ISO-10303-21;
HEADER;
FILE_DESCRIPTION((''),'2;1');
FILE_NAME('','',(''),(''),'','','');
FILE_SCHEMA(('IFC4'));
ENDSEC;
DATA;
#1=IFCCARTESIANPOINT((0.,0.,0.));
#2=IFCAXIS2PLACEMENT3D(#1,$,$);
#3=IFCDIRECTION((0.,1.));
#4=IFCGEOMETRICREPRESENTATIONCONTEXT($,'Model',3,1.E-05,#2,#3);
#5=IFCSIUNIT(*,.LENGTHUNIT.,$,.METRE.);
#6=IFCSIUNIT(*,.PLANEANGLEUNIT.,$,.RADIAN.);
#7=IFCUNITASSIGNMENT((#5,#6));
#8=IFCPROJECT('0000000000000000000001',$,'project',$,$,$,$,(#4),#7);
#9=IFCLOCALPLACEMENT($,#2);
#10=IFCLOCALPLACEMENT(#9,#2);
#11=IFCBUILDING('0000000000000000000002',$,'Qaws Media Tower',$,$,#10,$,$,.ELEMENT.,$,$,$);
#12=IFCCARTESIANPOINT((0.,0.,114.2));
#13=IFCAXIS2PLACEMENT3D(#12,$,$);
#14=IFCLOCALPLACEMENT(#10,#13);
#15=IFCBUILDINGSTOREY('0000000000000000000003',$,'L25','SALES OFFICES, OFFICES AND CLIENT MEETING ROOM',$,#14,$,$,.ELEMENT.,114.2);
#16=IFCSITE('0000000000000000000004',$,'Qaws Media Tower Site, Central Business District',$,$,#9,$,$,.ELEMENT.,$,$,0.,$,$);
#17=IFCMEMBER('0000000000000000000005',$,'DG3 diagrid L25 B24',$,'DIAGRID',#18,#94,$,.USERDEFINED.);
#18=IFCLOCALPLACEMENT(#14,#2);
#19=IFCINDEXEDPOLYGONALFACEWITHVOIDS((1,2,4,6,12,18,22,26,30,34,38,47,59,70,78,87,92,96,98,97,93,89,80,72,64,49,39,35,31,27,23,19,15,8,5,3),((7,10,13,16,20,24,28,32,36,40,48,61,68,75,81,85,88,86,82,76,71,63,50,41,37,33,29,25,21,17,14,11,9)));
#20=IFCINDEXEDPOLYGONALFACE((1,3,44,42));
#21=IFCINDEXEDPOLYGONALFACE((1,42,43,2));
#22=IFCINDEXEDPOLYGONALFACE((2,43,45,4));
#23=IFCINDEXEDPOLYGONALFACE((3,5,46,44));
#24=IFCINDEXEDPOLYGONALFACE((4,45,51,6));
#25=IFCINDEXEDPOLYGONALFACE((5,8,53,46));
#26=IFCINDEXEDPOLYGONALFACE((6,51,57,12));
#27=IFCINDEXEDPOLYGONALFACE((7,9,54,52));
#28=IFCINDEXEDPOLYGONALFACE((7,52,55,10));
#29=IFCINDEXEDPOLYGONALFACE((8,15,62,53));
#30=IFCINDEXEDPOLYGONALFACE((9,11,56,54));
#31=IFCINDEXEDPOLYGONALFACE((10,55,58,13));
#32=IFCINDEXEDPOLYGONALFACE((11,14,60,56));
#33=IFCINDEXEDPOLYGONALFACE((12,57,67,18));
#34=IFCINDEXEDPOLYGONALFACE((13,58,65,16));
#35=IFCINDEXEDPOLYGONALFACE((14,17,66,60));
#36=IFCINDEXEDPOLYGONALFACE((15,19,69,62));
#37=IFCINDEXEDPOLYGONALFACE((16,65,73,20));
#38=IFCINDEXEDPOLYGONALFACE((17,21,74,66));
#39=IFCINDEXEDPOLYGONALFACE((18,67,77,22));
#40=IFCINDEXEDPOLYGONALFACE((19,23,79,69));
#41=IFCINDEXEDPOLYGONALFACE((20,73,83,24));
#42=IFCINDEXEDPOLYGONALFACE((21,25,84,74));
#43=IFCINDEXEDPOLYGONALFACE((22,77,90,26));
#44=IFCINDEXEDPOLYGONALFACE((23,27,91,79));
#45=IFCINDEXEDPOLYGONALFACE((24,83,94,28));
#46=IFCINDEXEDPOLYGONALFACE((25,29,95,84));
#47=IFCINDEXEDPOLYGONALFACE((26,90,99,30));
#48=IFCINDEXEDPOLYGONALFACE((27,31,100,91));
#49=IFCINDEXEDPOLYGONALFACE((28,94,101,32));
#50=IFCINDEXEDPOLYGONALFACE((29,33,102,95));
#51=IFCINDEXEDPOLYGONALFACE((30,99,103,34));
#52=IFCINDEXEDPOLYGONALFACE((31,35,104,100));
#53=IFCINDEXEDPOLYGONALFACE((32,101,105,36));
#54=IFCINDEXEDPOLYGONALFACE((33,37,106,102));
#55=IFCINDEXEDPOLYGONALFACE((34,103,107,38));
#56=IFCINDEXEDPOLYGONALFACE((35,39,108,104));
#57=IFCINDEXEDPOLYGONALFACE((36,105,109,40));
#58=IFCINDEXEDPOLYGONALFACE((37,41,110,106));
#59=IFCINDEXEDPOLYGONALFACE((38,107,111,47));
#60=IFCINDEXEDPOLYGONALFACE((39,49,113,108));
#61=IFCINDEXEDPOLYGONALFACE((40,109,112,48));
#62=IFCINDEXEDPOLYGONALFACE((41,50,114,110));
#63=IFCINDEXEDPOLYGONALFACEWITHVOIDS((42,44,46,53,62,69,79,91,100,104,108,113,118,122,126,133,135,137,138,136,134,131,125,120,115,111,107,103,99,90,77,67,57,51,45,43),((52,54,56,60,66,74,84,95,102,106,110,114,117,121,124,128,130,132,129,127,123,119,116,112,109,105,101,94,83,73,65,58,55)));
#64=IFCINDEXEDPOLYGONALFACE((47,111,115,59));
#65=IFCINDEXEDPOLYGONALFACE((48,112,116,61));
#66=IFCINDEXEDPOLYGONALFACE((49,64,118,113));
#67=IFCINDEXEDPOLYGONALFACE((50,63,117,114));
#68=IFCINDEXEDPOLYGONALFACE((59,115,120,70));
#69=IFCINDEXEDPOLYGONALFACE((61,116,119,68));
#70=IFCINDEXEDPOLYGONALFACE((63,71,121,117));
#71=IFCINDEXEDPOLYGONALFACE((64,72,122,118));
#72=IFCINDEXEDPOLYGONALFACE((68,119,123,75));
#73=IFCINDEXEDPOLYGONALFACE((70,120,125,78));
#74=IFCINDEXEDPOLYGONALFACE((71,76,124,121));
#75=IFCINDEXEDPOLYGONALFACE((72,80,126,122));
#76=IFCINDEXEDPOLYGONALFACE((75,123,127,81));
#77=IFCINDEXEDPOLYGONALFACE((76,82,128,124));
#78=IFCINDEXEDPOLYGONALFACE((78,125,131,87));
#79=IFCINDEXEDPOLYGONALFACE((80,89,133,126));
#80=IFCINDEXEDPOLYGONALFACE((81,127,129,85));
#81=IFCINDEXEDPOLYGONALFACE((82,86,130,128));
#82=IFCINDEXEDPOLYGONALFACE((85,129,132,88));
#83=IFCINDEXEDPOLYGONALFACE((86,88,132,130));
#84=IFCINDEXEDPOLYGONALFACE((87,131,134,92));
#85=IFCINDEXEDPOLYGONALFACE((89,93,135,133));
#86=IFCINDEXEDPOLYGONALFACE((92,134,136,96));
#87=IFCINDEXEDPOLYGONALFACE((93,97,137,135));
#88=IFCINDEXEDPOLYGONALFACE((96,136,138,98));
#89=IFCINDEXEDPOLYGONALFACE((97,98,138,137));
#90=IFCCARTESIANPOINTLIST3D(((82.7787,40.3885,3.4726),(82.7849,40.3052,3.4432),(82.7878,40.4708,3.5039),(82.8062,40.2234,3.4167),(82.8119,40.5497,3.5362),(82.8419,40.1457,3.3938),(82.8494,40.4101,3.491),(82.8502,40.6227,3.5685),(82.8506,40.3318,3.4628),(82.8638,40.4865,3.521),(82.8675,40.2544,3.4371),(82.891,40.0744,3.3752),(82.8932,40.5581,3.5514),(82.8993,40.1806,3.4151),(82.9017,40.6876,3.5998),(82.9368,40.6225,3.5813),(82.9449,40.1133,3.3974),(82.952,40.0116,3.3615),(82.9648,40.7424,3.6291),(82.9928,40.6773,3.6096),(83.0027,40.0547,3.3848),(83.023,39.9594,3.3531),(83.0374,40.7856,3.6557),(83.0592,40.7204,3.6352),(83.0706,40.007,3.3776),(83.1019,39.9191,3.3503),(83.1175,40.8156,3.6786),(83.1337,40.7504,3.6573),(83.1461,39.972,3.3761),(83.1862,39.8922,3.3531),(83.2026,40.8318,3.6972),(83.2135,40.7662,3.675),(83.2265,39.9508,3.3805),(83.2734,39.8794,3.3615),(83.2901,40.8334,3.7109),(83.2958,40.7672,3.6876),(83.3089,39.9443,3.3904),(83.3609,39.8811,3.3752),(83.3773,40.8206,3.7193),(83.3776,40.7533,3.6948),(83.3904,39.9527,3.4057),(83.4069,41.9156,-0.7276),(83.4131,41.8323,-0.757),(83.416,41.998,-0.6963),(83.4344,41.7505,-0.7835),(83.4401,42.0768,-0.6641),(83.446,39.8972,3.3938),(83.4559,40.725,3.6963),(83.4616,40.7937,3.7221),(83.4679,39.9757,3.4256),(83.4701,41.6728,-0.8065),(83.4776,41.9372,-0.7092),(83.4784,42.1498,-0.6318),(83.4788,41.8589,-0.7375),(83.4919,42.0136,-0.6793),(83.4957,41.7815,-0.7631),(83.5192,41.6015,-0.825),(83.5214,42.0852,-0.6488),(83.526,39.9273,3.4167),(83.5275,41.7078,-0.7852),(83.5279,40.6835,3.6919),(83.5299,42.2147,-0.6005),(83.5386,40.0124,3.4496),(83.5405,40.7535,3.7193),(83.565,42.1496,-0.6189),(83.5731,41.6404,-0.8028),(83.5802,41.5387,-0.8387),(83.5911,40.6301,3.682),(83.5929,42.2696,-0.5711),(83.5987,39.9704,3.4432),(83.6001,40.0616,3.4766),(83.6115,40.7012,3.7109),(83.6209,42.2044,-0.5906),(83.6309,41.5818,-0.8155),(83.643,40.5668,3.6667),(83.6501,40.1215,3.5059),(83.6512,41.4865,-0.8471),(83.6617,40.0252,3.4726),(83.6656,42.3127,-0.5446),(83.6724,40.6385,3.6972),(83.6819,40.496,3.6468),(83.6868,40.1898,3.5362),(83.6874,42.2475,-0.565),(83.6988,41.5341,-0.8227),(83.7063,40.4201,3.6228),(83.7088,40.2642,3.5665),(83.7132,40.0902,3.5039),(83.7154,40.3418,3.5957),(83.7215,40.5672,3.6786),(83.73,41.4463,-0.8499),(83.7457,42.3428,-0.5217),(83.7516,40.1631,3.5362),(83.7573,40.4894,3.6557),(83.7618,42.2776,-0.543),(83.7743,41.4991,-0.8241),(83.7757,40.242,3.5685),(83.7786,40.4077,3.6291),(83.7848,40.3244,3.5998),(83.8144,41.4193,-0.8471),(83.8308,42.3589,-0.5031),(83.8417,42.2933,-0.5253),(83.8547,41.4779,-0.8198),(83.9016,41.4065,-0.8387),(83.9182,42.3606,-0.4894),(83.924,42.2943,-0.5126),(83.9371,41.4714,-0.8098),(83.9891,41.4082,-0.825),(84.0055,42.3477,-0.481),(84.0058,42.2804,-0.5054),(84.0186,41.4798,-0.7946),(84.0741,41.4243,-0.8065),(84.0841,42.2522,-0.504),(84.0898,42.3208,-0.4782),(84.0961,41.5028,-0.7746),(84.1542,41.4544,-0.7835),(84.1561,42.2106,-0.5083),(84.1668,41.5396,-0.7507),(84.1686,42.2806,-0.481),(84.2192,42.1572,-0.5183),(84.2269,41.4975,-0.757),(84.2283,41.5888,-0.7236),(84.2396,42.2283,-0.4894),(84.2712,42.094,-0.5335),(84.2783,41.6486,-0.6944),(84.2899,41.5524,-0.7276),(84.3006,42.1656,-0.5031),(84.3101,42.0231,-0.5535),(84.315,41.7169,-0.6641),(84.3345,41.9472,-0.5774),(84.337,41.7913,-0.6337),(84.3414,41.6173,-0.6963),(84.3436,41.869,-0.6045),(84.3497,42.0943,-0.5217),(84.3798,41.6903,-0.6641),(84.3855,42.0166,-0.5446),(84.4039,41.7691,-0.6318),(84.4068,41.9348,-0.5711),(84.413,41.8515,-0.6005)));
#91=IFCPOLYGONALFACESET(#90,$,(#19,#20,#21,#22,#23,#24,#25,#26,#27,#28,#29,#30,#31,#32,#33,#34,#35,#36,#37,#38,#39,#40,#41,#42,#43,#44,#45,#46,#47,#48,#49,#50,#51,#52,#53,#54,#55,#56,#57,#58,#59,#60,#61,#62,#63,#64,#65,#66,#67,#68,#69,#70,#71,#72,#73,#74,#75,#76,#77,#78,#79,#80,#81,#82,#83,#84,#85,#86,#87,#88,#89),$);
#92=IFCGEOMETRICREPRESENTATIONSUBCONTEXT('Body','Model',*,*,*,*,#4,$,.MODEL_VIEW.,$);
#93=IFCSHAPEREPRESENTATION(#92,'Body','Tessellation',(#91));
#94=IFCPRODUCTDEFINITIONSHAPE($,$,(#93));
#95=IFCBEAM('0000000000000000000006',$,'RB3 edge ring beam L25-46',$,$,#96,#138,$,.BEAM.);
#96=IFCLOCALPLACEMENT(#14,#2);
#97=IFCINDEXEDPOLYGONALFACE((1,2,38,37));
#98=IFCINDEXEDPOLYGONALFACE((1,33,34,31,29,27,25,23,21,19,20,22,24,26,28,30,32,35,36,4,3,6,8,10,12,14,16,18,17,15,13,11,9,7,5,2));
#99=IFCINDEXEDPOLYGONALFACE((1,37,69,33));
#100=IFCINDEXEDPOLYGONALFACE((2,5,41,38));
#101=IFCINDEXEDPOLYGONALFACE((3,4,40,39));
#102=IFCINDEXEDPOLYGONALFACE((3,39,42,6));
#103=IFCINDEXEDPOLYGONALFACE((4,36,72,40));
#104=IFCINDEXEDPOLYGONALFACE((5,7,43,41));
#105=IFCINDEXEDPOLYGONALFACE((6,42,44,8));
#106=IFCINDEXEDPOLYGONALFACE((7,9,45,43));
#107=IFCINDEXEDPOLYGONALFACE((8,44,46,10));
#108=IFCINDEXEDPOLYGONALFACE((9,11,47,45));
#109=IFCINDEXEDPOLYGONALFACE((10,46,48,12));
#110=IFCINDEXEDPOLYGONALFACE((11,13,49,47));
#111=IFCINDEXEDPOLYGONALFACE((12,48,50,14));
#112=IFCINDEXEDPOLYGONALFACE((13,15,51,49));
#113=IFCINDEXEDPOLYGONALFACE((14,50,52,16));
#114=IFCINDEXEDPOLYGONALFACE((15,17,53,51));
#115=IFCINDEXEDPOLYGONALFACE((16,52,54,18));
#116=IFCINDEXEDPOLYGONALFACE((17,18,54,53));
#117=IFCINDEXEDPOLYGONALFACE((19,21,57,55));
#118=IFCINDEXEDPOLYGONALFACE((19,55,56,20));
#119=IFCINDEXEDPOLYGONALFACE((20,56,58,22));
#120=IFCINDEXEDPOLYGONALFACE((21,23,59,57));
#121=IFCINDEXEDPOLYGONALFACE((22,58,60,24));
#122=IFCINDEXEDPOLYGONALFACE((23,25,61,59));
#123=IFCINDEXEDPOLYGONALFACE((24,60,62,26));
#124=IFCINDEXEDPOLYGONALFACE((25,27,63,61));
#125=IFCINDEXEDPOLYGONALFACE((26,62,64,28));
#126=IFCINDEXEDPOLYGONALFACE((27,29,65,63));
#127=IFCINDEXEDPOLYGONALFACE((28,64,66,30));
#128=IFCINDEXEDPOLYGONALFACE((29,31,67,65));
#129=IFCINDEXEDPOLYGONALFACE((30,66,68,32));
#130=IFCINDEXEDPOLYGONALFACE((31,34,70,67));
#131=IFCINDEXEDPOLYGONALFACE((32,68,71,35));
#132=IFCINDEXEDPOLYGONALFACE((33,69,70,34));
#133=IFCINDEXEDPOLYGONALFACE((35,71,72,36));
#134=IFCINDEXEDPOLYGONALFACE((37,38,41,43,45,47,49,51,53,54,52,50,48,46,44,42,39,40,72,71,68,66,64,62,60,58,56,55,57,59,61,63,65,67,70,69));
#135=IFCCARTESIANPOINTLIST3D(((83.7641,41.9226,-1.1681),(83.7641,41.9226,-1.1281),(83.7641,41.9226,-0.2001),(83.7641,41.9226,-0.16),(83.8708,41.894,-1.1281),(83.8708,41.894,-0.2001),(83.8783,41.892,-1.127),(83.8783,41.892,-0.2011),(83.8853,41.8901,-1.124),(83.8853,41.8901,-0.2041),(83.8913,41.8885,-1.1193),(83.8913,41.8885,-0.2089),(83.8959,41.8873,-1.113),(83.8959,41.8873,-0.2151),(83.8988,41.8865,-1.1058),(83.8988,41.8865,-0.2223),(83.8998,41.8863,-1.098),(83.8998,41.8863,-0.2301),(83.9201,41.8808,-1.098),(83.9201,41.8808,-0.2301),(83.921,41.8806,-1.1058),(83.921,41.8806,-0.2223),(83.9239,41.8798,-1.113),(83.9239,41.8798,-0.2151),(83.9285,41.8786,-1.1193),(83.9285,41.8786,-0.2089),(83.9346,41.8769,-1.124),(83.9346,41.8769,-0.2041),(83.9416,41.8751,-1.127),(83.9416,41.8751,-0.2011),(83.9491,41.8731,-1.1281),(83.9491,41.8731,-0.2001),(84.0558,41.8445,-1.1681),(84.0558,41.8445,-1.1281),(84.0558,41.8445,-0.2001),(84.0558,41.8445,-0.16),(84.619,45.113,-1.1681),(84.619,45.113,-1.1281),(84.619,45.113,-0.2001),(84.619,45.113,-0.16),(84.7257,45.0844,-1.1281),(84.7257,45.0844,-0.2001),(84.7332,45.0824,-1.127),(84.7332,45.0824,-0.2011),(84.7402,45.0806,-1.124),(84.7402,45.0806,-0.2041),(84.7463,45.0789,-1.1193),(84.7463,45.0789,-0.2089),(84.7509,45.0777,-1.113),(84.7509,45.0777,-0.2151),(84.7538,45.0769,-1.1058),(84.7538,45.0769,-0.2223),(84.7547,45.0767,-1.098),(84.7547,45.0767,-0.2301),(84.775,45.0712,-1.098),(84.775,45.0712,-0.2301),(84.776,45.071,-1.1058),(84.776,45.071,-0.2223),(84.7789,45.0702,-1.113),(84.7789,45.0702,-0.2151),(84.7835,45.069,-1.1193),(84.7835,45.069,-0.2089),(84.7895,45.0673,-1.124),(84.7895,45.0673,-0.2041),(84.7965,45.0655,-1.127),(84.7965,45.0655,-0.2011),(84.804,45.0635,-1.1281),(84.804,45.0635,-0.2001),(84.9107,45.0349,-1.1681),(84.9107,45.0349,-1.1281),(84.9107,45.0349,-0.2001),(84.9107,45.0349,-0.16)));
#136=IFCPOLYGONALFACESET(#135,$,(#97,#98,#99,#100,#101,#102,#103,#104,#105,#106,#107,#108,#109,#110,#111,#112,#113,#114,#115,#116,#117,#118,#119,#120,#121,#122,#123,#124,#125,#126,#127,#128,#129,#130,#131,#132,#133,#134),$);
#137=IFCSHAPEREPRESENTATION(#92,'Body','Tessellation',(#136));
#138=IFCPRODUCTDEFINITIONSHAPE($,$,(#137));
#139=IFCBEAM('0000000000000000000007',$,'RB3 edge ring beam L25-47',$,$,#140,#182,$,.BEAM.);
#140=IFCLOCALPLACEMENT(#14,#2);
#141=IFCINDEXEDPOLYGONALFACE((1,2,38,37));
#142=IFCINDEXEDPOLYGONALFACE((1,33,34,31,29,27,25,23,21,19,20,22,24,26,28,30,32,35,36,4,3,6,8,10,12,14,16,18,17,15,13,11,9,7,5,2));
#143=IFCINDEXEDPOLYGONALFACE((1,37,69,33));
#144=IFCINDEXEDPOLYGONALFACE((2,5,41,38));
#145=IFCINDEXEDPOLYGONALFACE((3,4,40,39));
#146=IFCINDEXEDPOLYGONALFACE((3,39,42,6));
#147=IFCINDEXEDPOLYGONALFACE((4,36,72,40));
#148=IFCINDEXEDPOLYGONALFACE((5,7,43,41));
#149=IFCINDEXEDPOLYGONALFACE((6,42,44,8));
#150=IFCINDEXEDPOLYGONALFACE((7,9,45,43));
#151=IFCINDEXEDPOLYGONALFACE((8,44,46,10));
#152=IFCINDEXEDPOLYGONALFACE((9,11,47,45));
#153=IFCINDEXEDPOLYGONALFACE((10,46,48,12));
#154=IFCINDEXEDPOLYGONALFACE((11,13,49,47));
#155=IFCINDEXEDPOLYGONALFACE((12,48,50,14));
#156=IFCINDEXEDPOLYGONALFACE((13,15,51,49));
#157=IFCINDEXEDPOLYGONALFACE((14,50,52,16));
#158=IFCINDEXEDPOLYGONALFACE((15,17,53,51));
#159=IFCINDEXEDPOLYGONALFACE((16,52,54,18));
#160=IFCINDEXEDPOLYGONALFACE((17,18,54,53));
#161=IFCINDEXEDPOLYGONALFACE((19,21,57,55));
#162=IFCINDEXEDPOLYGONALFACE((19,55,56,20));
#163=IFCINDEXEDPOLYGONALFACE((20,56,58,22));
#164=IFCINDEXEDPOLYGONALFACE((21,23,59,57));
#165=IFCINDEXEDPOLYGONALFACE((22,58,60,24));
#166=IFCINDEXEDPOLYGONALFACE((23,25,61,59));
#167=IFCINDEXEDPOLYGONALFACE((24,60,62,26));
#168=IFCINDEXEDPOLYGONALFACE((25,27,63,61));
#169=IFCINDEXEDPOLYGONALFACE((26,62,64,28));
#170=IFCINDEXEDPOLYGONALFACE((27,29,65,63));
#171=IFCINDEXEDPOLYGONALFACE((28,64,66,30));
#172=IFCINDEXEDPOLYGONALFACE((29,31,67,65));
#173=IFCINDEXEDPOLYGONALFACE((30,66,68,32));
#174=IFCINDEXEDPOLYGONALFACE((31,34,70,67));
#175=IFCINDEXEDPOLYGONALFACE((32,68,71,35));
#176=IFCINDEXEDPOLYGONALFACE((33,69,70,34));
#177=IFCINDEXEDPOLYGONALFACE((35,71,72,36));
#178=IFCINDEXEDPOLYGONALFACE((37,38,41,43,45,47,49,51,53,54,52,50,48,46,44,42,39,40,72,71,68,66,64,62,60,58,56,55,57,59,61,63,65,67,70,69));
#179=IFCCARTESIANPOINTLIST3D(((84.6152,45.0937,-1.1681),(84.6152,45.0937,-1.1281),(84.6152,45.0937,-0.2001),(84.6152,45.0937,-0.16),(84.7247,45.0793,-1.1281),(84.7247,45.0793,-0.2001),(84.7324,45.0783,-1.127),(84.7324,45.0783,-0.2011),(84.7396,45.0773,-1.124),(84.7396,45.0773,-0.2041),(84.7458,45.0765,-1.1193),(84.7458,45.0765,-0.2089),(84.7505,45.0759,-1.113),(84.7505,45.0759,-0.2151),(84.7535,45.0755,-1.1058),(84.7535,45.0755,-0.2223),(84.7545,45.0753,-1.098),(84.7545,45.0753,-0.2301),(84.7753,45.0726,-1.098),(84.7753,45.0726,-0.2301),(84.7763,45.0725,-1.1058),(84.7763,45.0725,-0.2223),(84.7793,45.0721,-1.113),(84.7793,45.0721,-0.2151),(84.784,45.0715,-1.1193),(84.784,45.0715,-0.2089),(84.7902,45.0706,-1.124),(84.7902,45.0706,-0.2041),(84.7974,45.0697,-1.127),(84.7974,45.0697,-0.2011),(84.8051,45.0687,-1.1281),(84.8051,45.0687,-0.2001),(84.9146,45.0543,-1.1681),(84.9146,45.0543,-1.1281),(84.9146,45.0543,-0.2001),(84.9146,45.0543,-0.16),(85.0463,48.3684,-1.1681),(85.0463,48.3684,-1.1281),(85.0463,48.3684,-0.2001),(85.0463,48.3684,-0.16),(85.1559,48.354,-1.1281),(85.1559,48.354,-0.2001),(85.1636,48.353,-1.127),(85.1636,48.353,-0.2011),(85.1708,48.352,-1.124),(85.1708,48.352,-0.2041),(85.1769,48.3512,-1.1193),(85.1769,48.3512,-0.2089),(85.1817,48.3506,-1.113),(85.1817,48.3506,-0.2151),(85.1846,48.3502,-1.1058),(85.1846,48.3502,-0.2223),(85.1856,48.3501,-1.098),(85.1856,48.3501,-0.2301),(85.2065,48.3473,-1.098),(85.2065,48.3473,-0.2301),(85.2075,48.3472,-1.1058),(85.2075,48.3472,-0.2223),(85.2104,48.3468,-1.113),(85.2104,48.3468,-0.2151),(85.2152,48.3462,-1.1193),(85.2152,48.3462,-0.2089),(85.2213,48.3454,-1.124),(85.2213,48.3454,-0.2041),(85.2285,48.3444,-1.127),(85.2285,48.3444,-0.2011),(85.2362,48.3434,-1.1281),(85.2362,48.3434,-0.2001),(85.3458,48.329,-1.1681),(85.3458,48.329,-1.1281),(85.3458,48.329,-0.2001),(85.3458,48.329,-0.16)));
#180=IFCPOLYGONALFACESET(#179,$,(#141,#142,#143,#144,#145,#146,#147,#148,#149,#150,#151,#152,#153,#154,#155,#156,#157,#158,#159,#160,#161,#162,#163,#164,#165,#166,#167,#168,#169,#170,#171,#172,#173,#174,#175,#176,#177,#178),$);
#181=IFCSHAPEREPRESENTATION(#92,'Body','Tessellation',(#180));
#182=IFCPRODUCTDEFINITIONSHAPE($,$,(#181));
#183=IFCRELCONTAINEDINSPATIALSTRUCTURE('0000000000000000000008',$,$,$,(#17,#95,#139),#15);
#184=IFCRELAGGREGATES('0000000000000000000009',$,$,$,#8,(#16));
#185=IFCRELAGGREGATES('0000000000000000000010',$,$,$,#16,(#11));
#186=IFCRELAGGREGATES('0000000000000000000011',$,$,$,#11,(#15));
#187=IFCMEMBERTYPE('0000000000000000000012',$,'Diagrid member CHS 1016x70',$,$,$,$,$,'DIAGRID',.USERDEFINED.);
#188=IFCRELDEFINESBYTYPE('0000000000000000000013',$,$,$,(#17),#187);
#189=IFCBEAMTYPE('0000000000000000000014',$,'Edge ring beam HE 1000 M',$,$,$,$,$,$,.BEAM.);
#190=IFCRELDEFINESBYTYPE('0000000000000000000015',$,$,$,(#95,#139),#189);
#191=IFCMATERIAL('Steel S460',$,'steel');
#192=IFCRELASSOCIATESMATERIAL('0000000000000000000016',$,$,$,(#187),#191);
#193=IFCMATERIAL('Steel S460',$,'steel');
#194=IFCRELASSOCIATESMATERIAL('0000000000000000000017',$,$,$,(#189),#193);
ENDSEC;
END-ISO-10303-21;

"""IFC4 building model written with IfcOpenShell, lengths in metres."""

from ifc_helpers import new_model, si_unit, direction, frame, origin, origin_2d, place, context, subcontext, project, spatial, hollow_circle, i_section, extrude, material, material_profile, profile_set, type_object, element, save


model = new_model("IFC4")

# Units and contexts
model_context = context("Model", 3, precision=1e-05, world=origin(), true_north=direction((0.0, 1.0)))
body_context = subcontext(model_context, "Body", "Model", "MODEL_VIEW")
ifc_project = project(units=[si_unit("LENGTHUNIT", "METRE"), si_unit("PLANEANGLEUNIT", "RADIAN")], contexts=[model_context])

# Site, building, storey
site_placement = place(None, origin())
site = spatial("IfcSite", under=ifc_project, at=site_placement, Name="Qaws Media Tower Site, Central Business District", CompositionType="ELEMENT", RefElevation=0.0)
building_placement = place(site_placement, origin())
building = spatial("IfcBuilding", under=site, at=building_placement, Name="Qaws Media Tower", CompositionType="ELEMENT")
storey_placement = place(building_placement, frame((0.0, 0.0, 114.2)))
storey = spatial("IfcBuildingStorey", under=building, at=storey_placement, Name="L25", Description="SALES OFFICES, OFFICES AND CLIENT MEETING ROOM", CompositionType="ELEMENT", Elevation=114.2)

# Member
ifc_material_1 = material(Name="Steel S460", Category="steel")
ifc_material_profile_1 = material_profile(ifc_material_1, hollow_circle(Radius=0.5081, WallThickness=0.0701, at=origin_2d()), Name="CHS 1016x70")
ifc_profile_set_1 = profile_set([ifc_material_profile_1], Name="Steel S460")
member_type_1 = type_object("IfcMemberType", Name="Diagrid member CHS 1016x70", ElementType="DIAGRID", PredefinedType="USERDEFINED", material=ifc_profile_set_1)
for number, where, z_axis, x_axis, name in (
    (1, (83.9099, 41.8835, -0.6641), (-0.139188, -0.338369, 0.930663), (0.924813, -0.380423, 0.0), "DG3 diagrid L25 B24"),
):
    element("IfcMember", number, at=place(storey_placement, frame(where, z_axis=z_axis, x_axis=x_axis)), inside=storey, type_object=member_type_1, Name=name, ObjectType="DIAGRID", PredefinedType="USERDEFINED", context=body_context, shape_type="SweptSolid", body=[
        extrude(hollow_circle(Radius=0.5081, WallThickness=0.0701, at=origin_2d()), origin(), (0.0, 0.0, 1.0), 4.5132),
    ])

# Beams
ifc_material_2 = material(Name="Steel S460", Category="steel")
ifc_material_profile_2 = material_profile(ifc_material_2, i_section(OverallWidth=0.302, OverallDepth=1.0081, WebThickness=0.021, FlangeThickness=0.04, FilletRadius=0.03, at=origin_2d()), Name="HE 1000 M")
ifc_profile_set_2 = profile_set([ifc_material_profile_2], Name="Steel S460")
beam_type_1 = type_object("IfcBeamType", Name="Edge ring beam HE 1000 M", PredefinedType="BEAM", material=ifc_profile_set_2)
for number, where, z_axis, x_axis, name in (
    (2, (83.9099, 41.8835, -0.6641), (0.258849, 0.965918, 0.0), (-0.965918, 0.258849, 0.0), "RB3 edge ring beam L25-46"),
    (3, (84.7649, 45.074, -0.6641), (0.130537, 0.991443, 0.0), (-0.991443, 0.130537, 0.0), "RB3 edge ring beam L25-47"),
):
    element("IfcBeam", number, at=place(storey_placement, frame(where, z_axis=z_axis, x_axis=x_axis)), inside=storey, type_object=beam_type_1, Name=name, PredefinedType="BEAM", context=body_context, shape_type="SweptSolid", body=[
        extrude(i_section(OverallWidth=0.302, OverallDepth=1.0081, WebThickness=0.021, FlangeThickness=0.04, FilletRadius=0.03, at=origin_2d()), origin(), (0.0, 0.0, 1.0), 3.303),
    ])

save(model, "model.ifc")
